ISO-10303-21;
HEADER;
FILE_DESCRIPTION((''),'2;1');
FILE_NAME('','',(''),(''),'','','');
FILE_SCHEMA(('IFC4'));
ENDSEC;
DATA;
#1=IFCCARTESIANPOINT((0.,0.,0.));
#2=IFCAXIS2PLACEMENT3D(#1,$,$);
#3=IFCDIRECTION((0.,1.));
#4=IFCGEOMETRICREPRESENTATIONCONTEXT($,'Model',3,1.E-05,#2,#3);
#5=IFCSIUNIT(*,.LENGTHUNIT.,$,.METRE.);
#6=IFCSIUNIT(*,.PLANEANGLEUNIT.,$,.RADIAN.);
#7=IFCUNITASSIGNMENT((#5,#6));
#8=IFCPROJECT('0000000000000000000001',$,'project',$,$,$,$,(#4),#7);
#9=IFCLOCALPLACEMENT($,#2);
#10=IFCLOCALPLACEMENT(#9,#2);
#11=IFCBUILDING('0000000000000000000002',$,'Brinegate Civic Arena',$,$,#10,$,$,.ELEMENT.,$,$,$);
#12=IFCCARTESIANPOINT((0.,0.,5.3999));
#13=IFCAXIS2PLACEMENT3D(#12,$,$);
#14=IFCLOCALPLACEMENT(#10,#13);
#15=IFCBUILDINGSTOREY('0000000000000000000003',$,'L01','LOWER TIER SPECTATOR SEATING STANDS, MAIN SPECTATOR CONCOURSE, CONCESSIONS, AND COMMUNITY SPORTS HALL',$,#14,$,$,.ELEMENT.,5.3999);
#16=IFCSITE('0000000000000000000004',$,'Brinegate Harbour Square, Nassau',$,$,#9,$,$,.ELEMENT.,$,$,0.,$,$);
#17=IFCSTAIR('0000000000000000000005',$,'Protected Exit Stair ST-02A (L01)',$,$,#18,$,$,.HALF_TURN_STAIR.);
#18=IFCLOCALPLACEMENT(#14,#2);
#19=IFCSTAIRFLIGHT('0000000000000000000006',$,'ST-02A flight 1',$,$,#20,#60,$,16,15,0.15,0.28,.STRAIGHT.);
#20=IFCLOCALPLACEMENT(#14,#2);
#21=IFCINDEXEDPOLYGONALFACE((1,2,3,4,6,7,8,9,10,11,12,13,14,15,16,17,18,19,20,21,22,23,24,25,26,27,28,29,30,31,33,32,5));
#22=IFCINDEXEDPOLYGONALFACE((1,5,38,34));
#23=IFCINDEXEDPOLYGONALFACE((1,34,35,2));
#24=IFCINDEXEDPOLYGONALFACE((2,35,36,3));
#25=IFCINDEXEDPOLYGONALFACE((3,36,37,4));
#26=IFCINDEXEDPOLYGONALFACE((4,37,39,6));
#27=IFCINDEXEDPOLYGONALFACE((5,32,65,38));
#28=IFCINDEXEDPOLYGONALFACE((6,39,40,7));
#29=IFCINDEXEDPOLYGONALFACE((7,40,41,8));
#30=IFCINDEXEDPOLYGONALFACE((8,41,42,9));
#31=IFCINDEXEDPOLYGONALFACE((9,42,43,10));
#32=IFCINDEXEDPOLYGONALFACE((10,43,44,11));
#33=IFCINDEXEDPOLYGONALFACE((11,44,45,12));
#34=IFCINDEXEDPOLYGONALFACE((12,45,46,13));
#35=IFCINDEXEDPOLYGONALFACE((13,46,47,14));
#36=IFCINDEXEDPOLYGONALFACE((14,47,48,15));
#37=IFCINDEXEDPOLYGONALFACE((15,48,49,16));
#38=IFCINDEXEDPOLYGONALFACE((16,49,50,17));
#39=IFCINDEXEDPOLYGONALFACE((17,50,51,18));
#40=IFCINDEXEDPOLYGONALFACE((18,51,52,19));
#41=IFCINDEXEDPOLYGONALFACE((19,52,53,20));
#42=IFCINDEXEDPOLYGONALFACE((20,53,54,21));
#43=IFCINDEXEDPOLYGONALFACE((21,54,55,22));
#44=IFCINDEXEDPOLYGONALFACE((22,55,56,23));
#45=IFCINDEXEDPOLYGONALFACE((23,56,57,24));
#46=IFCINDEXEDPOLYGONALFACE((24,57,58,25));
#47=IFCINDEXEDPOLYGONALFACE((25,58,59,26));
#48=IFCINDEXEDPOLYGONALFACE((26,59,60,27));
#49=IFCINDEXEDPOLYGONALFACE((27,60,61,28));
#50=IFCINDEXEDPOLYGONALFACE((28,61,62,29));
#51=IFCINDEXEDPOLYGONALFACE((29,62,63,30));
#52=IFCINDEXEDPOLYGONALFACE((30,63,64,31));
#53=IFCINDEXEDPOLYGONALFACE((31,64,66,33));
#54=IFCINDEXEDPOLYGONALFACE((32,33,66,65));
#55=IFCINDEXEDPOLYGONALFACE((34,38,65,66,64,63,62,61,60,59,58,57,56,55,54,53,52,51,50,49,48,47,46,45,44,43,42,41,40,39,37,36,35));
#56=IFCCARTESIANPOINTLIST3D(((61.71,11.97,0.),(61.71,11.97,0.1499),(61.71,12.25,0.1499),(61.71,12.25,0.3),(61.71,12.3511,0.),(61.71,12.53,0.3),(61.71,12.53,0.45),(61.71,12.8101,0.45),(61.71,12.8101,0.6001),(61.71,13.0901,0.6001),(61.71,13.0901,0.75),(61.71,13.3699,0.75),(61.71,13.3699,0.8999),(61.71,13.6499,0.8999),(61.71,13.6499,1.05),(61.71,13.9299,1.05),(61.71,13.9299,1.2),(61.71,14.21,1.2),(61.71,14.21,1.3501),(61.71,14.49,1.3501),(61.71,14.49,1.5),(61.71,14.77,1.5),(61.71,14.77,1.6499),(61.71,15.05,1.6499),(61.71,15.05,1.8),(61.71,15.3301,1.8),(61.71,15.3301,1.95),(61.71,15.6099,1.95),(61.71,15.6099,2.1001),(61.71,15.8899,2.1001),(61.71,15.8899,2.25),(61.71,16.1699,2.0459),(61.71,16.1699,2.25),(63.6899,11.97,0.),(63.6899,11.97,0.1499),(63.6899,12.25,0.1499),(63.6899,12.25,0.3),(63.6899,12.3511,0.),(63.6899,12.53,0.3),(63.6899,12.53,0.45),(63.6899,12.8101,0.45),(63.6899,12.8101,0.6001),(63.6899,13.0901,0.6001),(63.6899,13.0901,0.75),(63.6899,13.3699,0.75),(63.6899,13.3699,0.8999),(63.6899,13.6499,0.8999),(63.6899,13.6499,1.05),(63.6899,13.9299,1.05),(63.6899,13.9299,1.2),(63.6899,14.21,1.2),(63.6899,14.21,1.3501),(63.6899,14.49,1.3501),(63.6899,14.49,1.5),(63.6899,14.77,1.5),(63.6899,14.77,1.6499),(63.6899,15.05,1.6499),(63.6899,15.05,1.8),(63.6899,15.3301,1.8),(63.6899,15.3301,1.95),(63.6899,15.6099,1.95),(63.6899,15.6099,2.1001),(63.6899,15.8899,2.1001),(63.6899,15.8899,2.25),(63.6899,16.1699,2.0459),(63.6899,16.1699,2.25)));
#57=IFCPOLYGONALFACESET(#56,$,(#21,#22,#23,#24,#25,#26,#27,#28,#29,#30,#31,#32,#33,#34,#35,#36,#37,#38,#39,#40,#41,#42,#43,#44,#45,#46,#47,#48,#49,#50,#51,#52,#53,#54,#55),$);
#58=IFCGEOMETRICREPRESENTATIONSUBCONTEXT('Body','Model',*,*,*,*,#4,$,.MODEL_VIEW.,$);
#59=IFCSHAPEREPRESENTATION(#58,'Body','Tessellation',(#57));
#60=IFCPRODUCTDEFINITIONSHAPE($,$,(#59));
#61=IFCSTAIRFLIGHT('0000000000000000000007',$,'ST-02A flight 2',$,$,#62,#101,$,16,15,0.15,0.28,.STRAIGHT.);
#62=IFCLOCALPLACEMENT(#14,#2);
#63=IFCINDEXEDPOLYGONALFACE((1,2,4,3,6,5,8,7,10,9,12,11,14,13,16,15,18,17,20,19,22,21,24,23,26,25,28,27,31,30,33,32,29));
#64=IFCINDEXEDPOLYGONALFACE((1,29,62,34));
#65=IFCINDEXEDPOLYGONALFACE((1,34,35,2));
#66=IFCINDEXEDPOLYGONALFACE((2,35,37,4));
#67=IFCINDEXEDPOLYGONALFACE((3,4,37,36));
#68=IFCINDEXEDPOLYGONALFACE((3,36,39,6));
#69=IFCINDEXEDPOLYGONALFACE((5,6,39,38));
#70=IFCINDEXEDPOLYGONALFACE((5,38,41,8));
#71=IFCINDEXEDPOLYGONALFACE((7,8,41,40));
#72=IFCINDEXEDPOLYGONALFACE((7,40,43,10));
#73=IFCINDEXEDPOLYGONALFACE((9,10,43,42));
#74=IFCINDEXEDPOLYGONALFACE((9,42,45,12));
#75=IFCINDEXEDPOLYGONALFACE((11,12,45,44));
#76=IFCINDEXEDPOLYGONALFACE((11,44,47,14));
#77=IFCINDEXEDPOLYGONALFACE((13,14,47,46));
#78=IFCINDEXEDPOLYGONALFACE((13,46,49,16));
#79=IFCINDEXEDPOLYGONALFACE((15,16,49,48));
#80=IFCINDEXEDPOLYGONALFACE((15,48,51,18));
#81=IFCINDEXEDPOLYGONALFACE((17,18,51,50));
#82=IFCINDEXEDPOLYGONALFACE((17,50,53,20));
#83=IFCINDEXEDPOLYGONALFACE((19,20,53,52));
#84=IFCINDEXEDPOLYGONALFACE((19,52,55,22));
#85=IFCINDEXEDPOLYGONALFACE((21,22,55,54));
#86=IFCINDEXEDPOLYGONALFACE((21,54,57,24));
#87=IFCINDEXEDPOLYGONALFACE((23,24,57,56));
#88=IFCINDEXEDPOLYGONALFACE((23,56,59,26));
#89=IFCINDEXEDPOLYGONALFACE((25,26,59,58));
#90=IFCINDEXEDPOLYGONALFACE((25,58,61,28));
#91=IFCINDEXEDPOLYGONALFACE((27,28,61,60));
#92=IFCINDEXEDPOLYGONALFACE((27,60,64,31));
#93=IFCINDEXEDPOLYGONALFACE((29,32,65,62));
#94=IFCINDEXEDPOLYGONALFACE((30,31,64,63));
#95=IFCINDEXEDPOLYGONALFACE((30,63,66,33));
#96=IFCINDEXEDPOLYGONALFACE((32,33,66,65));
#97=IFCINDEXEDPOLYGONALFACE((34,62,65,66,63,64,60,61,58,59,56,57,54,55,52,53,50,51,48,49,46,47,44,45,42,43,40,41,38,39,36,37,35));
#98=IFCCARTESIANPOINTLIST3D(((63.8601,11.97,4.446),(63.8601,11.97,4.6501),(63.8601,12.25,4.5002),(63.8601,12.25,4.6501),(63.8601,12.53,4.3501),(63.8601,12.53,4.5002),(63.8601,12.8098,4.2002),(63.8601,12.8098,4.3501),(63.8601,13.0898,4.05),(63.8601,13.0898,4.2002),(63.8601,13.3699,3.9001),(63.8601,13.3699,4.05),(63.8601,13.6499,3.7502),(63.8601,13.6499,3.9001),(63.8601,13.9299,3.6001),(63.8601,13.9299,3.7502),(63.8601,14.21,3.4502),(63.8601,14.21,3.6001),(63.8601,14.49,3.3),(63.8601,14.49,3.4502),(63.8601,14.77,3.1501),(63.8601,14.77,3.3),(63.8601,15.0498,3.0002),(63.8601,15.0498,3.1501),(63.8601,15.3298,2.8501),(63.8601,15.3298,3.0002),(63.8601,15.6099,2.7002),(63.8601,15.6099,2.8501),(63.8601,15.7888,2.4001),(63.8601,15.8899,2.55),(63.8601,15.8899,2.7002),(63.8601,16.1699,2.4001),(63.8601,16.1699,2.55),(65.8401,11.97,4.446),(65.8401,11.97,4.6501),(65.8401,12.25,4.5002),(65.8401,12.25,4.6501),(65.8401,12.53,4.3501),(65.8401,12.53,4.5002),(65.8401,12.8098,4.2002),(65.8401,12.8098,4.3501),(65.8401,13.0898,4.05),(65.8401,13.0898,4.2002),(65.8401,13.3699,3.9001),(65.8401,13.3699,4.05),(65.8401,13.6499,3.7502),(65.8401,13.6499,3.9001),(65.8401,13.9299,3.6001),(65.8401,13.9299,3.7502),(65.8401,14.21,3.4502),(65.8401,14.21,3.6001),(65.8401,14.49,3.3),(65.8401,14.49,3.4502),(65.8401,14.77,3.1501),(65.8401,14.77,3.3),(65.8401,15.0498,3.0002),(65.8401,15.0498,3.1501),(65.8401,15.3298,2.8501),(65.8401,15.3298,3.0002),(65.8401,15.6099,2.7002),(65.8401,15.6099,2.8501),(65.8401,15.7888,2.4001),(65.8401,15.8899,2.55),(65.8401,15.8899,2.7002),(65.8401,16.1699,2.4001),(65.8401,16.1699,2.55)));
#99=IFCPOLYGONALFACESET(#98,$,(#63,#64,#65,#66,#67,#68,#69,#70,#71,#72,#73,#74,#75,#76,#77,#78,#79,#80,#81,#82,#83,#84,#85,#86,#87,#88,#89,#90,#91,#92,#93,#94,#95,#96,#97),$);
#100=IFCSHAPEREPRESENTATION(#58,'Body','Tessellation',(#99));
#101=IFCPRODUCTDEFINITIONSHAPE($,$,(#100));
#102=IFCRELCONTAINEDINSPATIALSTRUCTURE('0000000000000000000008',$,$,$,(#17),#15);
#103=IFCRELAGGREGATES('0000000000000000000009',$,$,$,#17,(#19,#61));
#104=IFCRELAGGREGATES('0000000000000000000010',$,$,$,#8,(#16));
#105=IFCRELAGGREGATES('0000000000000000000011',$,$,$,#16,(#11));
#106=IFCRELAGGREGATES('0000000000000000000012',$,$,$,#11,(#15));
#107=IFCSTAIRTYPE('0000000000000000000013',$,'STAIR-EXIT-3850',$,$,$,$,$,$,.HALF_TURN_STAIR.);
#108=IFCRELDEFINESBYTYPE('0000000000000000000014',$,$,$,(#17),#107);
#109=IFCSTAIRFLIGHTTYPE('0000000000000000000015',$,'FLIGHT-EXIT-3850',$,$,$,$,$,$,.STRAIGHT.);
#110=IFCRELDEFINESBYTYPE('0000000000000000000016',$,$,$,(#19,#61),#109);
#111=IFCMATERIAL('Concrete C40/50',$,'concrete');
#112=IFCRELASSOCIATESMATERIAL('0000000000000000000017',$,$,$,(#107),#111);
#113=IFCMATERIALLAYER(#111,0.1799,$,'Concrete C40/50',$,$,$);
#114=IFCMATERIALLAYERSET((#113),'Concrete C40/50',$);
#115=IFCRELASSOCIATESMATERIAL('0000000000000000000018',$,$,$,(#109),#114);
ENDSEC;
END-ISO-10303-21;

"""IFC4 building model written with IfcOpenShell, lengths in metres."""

from ifc_helpers import new_model, si_unit, direction, frame, origin, place, context, subcontext, project, spatial, polyline, outline, extrude, material, layer, layer_set, type_object, element, aggregate, save


model = new_model("IFC4")

# Units and contexts
model_context = context("Model", 3, precision=1e-05, world=origin(), true_north=direction((0.0, 1.0)))
body_context = subcontext(model_context, "Body", "Model", "MODEL_VIEW")
ifc_project = project(units=[si_unit("LENGTHUNIT", "METRE"), si_unit("PLANEANGLEUNIT", "RADIAN")], contexts=[model_context])

# Site, building, storey
site_placement = place(None, origin())
site = spatial("IfcSite", under=ifc_project, at=site_placement, Name="Brinegate Harbour Square, Nassau", CompositionType="ELEMENT", RefElevation=0.0)
building_placement = place(site_placement, origin())
building = spatial("IfcBuilding", under=site, at=building_placement, Name="Brinegate Civic Arena", CompositionType="ELEMENT")
storey_placement = place(building_placement, frame((0.0, 0.0, 5.3999)))
storey = spatial("IfcBuildingStorey", under=building, at=storey_placement, Name="L01", Description="LOWER TIER SPECTATOR SEATING STANDS, MAIN SPECTATOR CONCOURSE, CONCESSIONS, AND COMMUNITY SPORTS HALL", CompositionType="ELEMENT", Elevation=5.3999)

# Stair, stair flights
ifc_material_1 = material(Name="Concrete C40/50", Category="concrete")
stair_type_1 = type_object("IfcStairType", Name="STAIR-EXIT-3850", PredefinedType="HALF_TURN_STAIR", material=ifc_material_1)
stair_1_placement = place(storey_placement, origin())
stair_1 = element("IfcStair", 1, at=stair_1_placement, inside=storey, type_object=stair_type_1, Name="Protected Exit Stair ST-02A (L01)", PredefinedType="HALF_TURN_STAIR")
ifc_layer_1 = layer(ifc_material_1, 0.1799, Name="Concrete C40/50")
ifc_layer_set_1 = layer_set([ifc_layer_1], Name="Concrete C40/50")
stair_flight_type_1 = type_object("IfcStairFlightType", Name="FLIGHT-EXIT-3850", PredefinedType="STRAIGHT", material=ifc_layer_set_1)
stair_flight_1_placement = place(storey_placement, frame((62.7, 11.97, 0.0), z_axis=(0.0, 0.0, 1.0), x_axis=(0.0, 1.0, 0.0)))
stair_flight_1 = element("IfcStairFlight", 2, at=stair_flight_1_placement, type_object=stair_flight_type_1, Name="ST-02A flight 1", NumberOfRisers=16, NumberOfTreads=15, PredefinedType="STRAIGHT", RiserHeight=0.15, TreadLength=0.28, context=body_context, shape_type="SweptSolid", body=[
    extrude(outline(polyline([(0.0, 0.0), (0.0, 0.1499), (0.28, 0.1499), (0.28, 0.3), (0.5601, 0.3), (0.5601, 0.45), (0.8401, 0.45), (0.8401, 0.6001), (1.1201, 0.6001), (1.1201, 0.75), (1.3999, 0.75), (1.3999, 0.8999), (1.6799, 0.8999), (1.6799, 1.05), (1.96, 1.05), (1.96, 1.2), (2.24, 1.2), (2.24, 1.3501), (2.52, 1.3501), (2.52, 1.5), (2.8, 1.5), (2.8, 1.6499), (3.0801, 1.6499), (3.0801, 1.8), (3.3601, 1.8), (3.3601, 1.95), (3.6399, 1.95), (3.6399, 2.1001), (3.9199, 2.1001), (3.9199, 2.25), (4.2, 2.25), (4.2, 2.3999), (4.2, 2.0459), (0.3811, 0.0), (0.0, 0.0)])), frame((0.0, 0.99, 0.0), z_axis=(0.0, -1.0, 0.0), x_axis=(1.0, 0.0, 0.0)), (0.0, 0.0, 1.0), 1.98),
])
stair_flight_2_placement = place(storey_placement, frame((64.8501, 16.1699, 2.4001), z_axis=(0.0, 0.0, 1.0), x_axis=(0.0, -1.0, 0.0)))
stair_flight_2 = element("IfcStairFlight", 3, at=stair_flight_2_placement, type_object=stair_flight_type_1, Name="ST-02A flight 2", NumberOfRisers=16, NumberOfTreads=15, PredefinedType="STRAIGHT", RiserHeight=0.15, TreadLength=0.28, context=body_context, shape_type="SweptSolid", body=[
    extrude(outline(polyline([(0.0, 0.0), (0.0, 0.1499), (0.28, 0.1499), (0.28, 0.3), (0.5601, 0.3), (0.5601, 0.45), (0.8401, 0.45), (0.8401, 0.6001), (1.1201, 0.6001), (1.1201, 0.75), (1.3999, 0.75), (1.3999, 0.8999), (1.6799, 0.8999), (1.6799, 1.05), (1.96, 1.05), (1.96, 1.2), (2.24, 1.2), (2.24, 1.3501), (2.52, 1.3501), (2.52, 1.5), (2.8, 1.5), (2.8, 1.6499), (3.0801, 1.6499), (3.0801, 1.8), (3.3601, 1.8), (3.3601, 1.95), (3.6399, 1.95), (3.6399, 2.1001), (3.9199, 2.1001), (3.9199, 2.25), (4.2, 2.25), (4.2, 2.3999), (4.2, 2.0459), (0.3811, 0.0), (0.0, 0.0)])), frame((0.0, 0.99, 0.0), z_axis=(0.0, -1.0, 0.0), x_axis=(1.0, 0.0, 0.0)), (0.0, 0.0, 1.0), 1.98),
])
aggregate(stair_1, [stair_flight_1, stair_flight_2])

save(model, "model.ifc")
